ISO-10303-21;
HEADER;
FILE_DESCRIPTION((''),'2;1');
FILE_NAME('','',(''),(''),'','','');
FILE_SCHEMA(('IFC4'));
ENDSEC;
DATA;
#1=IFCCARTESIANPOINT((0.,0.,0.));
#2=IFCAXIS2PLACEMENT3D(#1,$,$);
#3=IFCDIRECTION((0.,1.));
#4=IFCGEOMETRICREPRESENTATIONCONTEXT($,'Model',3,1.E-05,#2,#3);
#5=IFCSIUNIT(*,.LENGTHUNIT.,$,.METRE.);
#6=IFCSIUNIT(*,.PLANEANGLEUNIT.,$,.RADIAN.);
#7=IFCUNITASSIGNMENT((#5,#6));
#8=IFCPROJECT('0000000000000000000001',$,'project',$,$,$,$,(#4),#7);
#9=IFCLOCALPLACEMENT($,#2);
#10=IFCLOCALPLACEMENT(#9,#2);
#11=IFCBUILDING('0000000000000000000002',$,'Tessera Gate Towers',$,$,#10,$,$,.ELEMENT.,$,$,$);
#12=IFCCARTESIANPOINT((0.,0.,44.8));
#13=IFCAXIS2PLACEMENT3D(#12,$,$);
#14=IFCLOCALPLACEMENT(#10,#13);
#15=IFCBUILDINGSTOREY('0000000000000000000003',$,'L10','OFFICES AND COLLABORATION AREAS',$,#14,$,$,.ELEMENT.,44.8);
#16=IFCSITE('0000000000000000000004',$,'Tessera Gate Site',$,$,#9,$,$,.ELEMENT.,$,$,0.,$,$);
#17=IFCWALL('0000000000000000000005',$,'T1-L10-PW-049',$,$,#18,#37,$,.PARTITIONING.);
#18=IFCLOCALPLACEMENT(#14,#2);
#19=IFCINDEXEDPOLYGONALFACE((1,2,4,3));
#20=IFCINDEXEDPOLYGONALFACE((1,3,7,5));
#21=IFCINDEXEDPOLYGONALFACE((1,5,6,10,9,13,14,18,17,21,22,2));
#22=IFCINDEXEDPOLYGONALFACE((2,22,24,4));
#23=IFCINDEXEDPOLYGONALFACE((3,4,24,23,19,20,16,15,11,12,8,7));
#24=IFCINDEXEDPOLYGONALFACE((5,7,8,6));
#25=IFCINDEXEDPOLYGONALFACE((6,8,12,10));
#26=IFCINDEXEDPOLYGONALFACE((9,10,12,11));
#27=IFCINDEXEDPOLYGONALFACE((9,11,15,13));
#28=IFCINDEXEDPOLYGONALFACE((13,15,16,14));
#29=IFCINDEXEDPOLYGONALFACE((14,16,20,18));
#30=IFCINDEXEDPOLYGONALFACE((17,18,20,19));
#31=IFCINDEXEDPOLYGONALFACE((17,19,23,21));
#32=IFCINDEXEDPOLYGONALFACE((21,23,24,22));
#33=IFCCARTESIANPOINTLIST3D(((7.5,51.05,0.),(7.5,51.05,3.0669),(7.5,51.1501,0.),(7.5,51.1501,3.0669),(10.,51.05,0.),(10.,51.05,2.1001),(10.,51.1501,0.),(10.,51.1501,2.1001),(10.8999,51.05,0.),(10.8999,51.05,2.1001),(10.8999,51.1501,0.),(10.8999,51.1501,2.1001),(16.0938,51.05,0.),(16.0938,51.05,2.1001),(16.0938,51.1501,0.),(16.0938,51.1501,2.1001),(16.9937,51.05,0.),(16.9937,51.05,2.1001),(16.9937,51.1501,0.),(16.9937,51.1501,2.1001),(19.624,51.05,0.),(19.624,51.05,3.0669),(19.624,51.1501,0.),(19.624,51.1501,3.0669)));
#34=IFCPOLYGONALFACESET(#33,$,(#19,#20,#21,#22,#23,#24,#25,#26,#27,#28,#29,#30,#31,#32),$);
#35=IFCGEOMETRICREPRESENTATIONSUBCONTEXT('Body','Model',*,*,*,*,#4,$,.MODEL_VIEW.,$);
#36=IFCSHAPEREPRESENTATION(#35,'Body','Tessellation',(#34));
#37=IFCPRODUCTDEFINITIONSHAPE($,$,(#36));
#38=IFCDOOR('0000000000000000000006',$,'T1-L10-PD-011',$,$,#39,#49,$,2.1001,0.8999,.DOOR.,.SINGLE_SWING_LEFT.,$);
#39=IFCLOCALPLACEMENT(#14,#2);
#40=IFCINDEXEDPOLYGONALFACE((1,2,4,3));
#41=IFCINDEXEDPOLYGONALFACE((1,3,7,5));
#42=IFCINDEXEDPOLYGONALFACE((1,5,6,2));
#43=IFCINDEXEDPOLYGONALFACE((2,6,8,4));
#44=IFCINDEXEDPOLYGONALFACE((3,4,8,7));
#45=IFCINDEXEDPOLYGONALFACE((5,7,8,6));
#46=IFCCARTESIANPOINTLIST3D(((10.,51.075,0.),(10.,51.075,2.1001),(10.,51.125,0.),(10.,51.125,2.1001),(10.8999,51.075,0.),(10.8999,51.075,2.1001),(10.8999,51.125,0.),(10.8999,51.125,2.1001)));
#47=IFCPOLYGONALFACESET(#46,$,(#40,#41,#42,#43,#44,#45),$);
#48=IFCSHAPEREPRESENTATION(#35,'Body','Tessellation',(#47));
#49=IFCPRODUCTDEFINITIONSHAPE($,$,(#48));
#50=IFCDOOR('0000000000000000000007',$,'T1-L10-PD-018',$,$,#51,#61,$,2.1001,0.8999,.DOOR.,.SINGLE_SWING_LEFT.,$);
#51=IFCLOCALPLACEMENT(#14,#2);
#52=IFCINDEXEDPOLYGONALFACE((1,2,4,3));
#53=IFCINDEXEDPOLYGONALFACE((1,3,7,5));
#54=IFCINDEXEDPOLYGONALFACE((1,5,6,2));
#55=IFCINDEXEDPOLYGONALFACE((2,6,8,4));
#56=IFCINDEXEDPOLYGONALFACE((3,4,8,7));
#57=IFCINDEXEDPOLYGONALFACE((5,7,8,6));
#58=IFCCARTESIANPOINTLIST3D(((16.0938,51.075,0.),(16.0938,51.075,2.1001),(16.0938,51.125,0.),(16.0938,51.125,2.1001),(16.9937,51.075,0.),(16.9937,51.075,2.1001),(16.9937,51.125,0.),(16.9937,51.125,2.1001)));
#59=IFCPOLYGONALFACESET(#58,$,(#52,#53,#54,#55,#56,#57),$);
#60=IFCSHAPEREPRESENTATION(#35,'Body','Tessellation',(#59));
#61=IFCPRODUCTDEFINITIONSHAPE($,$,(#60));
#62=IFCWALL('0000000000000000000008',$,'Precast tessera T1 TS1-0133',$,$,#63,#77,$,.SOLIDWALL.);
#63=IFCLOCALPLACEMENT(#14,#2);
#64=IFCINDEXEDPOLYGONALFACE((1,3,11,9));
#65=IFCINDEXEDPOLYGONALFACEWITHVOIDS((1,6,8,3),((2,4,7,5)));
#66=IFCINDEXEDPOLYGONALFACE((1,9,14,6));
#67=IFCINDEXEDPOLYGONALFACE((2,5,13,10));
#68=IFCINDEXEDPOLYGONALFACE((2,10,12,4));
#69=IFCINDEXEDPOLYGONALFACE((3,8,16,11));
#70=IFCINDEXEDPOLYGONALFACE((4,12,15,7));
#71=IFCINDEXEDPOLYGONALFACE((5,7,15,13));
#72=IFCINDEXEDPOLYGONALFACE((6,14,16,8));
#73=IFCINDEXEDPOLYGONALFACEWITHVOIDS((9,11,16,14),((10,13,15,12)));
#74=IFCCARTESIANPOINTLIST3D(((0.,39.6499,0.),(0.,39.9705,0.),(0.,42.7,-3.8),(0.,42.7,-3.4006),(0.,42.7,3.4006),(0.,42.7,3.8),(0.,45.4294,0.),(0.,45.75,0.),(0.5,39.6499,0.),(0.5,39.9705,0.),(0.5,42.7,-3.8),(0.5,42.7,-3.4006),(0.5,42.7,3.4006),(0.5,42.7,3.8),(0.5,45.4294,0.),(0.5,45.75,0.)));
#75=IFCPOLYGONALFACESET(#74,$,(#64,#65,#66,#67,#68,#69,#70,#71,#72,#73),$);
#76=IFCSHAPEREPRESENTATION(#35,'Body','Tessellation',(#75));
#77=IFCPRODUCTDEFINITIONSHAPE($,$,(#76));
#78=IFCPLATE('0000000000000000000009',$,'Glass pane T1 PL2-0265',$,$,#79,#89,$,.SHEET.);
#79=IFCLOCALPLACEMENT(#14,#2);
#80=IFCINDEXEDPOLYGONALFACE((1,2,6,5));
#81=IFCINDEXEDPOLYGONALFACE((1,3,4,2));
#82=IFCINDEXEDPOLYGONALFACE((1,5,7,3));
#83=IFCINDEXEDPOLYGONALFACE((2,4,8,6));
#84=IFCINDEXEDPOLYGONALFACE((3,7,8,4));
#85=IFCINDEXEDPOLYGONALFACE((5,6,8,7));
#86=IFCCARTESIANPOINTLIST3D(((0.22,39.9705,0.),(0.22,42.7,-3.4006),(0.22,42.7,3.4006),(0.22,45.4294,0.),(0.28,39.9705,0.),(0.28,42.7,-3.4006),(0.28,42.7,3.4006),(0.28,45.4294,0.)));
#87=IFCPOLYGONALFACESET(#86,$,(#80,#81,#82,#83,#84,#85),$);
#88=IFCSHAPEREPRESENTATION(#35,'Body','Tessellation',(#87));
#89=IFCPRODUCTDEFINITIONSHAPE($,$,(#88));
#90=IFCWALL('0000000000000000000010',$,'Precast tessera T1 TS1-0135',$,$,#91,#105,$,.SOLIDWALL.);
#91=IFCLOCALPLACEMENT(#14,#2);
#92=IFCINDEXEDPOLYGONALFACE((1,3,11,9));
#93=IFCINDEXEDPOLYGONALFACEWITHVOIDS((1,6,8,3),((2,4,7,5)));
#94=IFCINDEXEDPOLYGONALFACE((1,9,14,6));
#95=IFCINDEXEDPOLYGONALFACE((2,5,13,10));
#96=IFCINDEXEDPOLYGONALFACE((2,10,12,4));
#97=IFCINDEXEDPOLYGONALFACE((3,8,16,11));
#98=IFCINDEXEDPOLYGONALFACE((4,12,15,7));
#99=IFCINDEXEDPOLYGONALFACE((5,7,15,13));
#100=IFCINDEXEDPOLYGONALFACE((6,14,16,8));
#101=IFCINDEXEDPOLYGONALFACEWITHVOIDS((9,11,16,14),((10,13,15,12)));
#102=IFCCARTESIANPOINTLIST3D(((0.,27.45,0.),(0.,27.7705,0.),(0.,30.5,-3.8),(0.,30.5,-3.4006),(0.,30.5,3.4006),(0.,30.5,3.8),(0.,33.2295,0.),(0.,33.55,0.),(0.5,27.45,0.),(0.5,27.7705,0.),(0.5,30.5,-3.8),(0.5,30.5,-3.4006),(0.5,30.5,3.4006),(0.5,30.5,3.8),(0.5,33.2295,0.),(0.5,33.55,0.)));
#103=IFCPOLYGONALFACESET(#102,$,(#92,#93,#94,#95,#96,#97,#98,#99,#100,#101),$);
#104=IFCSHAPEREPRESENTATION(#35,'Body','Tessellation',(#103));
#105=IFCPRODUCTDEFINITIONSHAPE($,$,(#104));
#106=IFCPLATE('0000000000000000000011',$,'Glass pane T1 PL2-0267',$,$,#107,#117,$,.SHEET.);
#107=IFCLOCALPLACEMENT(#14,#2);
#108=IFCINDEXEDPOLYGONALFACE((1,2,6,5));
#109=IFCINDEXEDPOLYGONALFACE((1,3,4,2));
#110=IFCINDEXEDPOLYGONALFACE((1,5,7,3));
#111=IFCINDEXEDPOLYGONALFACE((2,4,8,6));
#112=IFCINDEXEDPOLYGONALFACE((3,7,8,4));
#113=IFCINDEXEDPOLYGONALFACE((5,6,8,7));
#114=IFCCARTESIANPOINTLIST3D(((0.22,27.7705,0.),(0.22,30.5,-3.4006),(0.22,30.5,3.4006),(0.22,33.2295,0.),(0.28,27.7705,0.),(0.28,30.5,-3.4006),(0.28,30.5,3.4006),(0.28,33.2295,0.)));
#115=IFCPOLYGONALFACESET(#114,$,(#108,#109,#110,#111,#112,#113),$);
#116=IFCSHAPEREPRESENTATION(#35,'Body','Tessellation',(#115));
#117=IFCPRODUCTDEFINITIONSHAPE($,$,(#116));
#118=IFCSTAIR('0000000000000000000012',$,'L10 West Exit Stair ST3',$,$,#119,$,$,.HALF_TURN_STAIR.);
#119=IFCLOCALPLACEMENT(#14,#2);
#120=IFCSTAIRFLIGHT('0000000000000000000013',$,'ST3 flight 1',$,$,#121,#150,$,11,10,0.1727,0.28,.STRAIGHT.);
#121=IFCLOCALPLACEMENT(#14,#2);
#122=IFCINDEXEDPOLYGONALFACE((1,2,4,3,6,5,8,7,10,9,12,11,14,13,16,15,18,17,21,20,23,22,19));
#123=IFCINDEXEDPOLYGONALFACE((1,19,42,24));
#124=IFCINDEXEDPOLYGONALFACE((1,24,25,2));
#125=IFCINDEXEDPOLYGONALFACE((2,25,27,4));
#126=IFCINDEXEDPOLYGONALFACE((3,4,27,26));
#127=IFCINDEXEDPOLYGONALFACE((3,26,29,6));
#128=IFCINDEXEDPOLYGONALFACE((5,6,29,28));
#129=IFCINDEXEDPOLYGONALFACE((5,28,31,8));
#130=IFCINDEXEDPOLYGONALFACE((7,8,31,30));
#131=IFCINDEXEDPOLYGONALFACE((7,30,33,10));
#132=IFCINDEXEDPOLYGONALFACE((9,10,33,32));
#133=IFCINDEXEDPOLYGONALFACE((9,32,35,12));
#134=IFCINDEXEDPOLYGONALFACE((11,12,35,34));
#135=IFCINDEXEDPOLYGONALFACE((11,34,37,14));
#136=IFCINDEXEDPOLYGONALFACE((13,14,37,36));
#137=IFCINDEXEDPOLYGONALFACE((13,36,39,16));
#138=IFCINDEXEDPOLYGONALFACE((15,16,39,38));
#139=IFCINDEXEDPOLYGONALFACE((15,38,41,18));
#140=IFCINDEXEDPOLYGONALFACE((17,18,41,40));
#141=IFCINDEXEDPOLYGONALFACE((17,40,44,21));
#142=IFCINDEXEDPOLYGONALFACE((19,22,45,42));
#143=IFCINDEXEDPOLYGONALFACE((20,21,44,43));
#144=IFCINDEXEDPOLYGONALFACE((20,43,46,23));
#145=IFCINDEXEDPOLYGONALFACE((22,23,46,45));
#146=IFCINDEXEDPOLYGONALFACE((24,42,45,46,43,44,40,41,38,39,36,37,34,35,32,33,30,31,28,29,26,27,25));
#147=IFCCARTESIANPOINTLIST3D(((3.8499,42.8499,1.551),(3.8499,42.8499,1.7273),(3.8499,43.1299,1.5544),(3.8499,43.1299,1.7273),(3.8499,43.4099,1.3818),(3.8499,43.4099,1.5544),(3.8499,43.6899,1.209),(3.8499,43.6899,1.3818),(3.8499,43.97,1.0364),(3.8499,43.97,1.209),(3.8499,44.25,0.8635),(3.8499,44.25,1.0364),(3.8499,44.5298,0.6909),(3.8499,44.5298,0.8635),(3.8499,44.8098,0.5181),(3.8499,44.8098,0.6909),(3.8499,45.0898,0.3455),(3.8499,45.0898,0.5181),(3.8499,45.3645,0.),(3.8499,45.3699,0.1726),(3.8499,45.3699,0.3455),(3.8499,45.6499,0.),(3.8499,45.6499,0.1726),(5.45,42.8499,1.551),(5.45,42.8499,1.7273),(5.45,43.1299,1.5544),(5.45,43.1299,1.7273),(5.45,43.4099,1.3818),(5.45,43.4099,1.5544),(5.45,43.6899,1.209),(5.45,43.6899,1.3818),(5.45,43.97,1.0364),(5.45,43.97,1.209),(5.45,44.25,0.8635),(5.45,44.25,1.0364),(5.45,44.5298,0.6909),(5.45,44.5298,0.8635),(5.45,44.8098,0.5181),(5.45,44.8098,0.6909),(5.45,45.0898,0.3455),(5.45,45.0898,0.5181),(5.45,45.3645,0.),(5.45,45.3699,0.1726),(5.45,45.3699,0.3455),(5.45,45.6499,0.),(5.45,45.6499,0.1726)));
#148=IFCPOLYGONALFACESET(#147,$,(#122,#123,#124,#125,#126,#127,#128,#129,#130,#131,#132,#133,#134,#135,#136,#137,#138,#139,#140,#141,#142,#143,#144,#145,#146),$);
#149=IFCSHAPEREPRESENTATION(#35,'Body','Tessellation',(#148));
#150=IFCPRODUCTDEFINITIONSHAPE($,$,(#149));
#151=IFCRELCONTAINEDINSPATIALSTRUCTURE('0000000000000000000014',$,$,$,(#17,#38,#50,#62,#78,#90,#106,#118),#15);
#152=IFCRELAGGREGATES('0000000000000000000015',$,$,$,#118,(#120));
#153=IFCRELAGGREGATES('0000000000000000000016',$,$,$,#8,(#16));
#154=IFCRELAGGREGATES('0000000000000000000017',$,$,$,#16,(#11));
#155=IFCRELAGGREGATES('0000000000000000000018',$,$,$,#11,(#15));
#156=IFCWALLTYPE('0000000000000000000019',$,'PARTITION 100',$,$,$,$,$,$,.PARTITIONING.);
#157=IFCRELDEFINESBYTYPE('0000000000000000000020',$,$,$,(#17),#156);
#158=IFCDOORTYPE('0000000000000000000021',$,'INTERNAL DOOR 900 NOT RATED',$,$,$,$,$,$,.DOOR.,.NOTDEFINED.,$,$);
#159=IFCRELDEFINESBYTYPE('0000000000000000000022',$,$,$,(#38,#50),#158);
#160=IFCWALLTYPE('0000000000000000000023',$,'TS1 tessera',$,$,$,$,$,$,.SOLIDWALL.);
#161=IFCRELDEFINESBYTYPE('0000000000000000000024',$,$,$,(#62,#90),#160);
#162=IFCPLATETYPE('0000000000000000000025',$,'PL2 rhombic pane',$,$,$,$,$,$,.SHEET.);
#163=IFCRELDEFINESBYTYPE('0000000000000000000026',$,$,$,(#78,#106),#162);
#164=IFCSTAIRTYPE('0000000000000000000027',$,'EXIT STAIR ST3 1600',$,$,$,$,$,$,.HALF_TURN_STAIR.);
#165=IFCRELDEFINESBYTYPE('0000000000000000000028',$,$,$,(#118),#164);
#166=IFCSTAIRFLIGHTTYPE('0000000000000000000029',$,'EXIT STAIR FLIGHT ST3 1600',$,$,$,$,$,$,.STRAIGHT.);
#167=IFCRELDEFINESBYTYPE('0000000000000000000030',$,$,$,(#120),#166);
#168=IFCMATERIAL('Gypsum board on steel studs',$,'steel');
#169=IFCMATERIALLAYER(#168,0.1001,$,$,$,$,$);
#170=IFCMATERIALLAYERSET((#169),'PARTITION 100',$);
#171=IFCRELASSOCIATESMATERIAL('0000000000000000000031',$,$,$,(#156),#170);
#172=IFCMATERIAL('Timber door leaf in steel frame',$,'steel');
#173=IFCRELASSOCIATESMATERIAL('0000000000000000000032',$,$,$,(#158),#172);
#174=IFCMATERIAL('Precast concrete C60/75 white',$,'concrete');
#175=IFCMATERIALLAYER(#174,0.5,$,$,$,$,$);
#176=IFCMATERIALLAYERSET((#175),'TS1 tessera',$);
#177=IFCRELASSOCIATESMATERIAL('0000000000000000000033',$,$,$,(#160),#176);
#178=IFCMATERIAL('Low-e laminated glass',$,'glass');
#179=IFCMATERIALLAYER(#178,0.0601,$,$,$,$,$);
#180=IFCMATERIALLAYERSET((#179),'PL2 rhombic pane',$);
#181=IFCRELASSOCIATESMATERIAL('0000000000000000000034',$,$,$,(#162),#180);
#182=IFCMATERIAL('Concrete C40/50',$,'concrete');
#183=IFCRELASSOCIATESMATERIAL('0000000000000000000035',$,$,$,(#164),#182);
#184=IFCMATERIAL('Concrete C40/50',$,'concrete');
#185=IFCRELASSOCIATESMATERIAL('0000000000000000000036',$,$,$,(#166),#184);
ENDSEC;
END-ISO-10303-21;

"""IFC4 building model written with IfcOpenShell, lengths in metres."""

from ifc_helpers import new_model, si_unit, direction, frame, frame_2d, origin, place, context, subcontext, project, spatial, polyline, rectangle, outline, extrude, source, transform, mapped, material, layer, layer_set, type_object, element, fill, aggregate, save


model = new_model("IFC4")

# Units and contexts
model_context = context("Model", 3, precision=1e-05, world=origin(), true_north=direction((0.0, 1.0)))
body_context = subcontext(model_context, "Body", "Model", "MODEL_VIEW")
ifc_project = project(units=[si_unit("LENGTHUNIT", "METRE"), si_unit("PLANEANGLEUNIT", "RADIAN")], contexts=[model_context])

# Site, building, storey
site_placement = place(None, origin())
site = spatial("IfcSite", under=ifc_project, at=site_placement, Name="Tessera Gate Site", CompositionType="ELEMENT", RefElevation=0.0)
building_placement = place(site_placement, origin())
building = spatial("IfcBuilding", under=site, at=building_placement, Name="Tessera Gate Towers", CompositionType="ELEMENT")
storey_placement = place(building_placement, frame((0.0, 0.0, 44.8)))
storey = spatial("IfcBuildingStorey", under=building, at=storey_placement, Name="L10", Description="OFFICES AND COLLABORATION AREAS", CompositionType="ELEMENT", Elevation=44.8)

# Shared definitions
shared_shape_1 = source(origin(), body_context, "Body", "SweptSolid", [
    extrude(rectangle(XDim=0.8999, YDim=2.1001, at=frame_2d((0.45, 1.05))), frame((0.0, 0.0249, 0.0), z_axis=(0.0, -1.0, 0.0), x_axis=(1.0, 0.0, 0.0)), (0.0, 0.0, 1.0), 0.05),
])

# Shared definitions
ifc_material_1 = material(Name="Gypsum board on steel studs", Category="steel")
ifc_layer_1 = layer(ifc_material_1, 0.1001)
ifc_layer_set_1 = layer_set([ifc_layer_1], Name="PARTITION 100")
wall_type_1 = type_object("IfcWallType", Name="PARTITION 100", PredefinedType="PARTITIONING", material=ifc_layer_set_1)
shared_shape_2 = source(origin(), body_context, "Body", "SweptSolid", [
    extrude(rectangle(XDim=0.8999, YDim=2.1001, at=frame_2d((0.45, 1.05))), frame((0.0, 0.0601, 0.0), z_axis=(0.0, -1.0, 0.0), x_axis=(1.0, 0.0, 0.0)), (0.0, 0.0, 1.0), 0.1201),
])
ifc_material_2 = material(Name="Timber door leaf in steel frame", Category="steel")
door_type_1 = type_object("IfcDoorType", Name="INTERNAL DOOR 900 NOT RATED", OperationType="NOTDEFINED", PredefinedType="DOOR", material=ifc_material_2)

# Wall, openings, doors
wall_1_placement = place(storey_placement, frame((7.5, 51.1001, 0.0), z_axis=(0.0, 0.0, 1.0), x_axis=(1.0, 0.0, 0.0)))
wall_1 = element("IfcWall", 1, at=wall_1_placement, inside=storey, type_object=wall_type_1, Name="T1-L10-PW-049", PredefinedType="PARTITIONING", context=body_context, shape_type="SweptSolid", body=[
    extrude(rectangle(XDim=12.124, YDim=0.1001, at=frame_2d((6.062, 0.0))), origin(), (0.0, 0.0, 1.0), 3.0669),
])
opening_1_placement = place(wall_1_placement, frame((2.5, 0.0, 0.0)))
opening_1 = element("IfcOpeningElement", 2, at=opening_1_placement, cuts=wall_1, PredefinedType="OPENING", context=body_context, shape_type="MappedRepresentation", body=[
    mapped(shared_shape_2, transform((0.0, 0.0, 0.0), scale=1.0)),
])
opening_2_placement = place(wall_1_placement, frame((8.5938, 0.0, 0.0)))
opening_2 = element("IfcOpeningElement", 3, at=opening_2_placement, cuts=wall_1, PredefinedType="OPENING", context=body_context, shape_type="MappedRepresentation", body=[
    mapped(shared_shape_2, transform((0.0, 0.0, 0.0), scale=1.0)),
])
door_1_placement = place(opening_1_placement, origin())
door_1 = element("IfcDoor", 4, at=door_1_placement, inside=storey, type_object=door_type_1, Name="T1-L10-PD-011", OperationType="SINGLE_SWING_LEFT", OverallHeight=2.1001, OverallWidth=0.8999, PredefinedType="DOOR", context=body_context, shape_type="MappedRepresentation", body=[
    mapped(shared_shape_1, transform((0.0, 0.0, 0.0), scale=1.0)),
])
fill(opening_1, door_1)
door_2_placement = place(opening_2_placement, origin())
door_2 = element("IfcDoor", 5, at=door_2_placement, inside=storey, type_object=door_type_1, Name="T1-L10-PD-018", OperationType="SINGLE_SWING_LEFT", OverallHeight=2.1001, OverallWidth=0.8999, PredefinedType="DOOR", context=body_context, shape_type="MappedRepresentation", body=[
    mapped(shared_shape_1, transform((0.0, 0.0, 0.0), scale=1.0)),
])
fill(opening_2, door_2)

# Walls, openings, plates
ifc_material_3 = material(Name="Precast concrete C60/75 white", Category="concrete")
ifc_layer_2 = layer(ifc_material_3, 0.5)
ifc_layer_set_2 = layer_set([ifc_layer_2], Name="TS1 tessera")
wall_type_2 = type_object("IfcWallType", Name="TS1 tessera", PredefinedType="SOLIDWALL", material=ifc_layer_set_2)
shared_shape_3 = source(origin(), body_context, "Body", "SweptSolid", [
    extrude(outline(polyline([(3.05, 0.0), (6.1001, 3.8), (3.05, 7.6001), (0.0, 3.8), (3.05, 0.0)])), frame((0.0, 0.25, 0.0), z_axis=(0.0, -1.0, 0.0), x_axis=(1.0, 0.0, 0.0)), (0.0, 0.0, 1.0), 0.5),
])
wall_2_placement = place(storey_placement, frame((0.25, 45.75, -3.8), z_axis=(0.0, 0.0, 1.0), x_axis=(0.0, -1.0, 0.0)))
wall_2 = element("IfcWall", 6, at=wall_2_placement, inside=storey, type_object=wall_type_2, Name="Precast tessera T1 TS1-0133", PredefinedType="SOLIDWALL", context=body_context, shape_type="MappedRepresentation", body=[
    mapped(shared_shape_3, transform((0.0, 0.0, 0.0), scale=1.0)),
])
shared_shape_4 = source(origin(), body_context, "Body", "SweptSolid", [
    extrude(outline(polyline([(3.05, 0.3994), (5.7795, 3.8), (3.05, 7.2007), (0.3206, 3.8), (3.05, 0.3994)])), frame((0.0, 0.26, 0.0), z_axis=(0.0, -1.0, 0.0), x_axis=(1.0, 0.0, 0.0)), (0.0, 0.0, 1.0), 0.52),
])
opening_3_placement = place(wall_2_placement, origin())
opening_3 = element("IfcOpeningElement", 7, at=opening_3_placement, cuts=wall_2, PredefinedType="OPENING", context=body_context, shape_type="MappedRepresentation", body=[
    mapped(shared_shape_4, transform((0.0, 0.0, 0.0), scale=1.0)),
])
ifc_material_4 = material(Name="Low-e laminated glass", Category="glass")
ifc_layer_3 = layer(ifc_material_4, 0.0601)
ifc_layer_set_3 = layer_set([ifc_layer_3], Name="PL2 rhombic pane")
plate_type = type_object("IfcPlateType", Name="PL2 rhombic pane", PredefinedType="SHEET", material=ifc_layer_set_3)
shared_shape_5 = source(origin(), body_context, "Body", "SweptSolid", [
    extrude(outline(polyline([(3.05, 0.3994), (5.7795, 3.8), (3.05, 7.2007), (0.3206, 3.8), (3.05, 0.3994)])), frame((0.0, 0.03, 0.0), z_axis=(0.0, -1.0, 0.0), x_axis=(1.0, 0.0, 0.0)), (0.0, 0.0, 1.0), 0.0601),
])
plate_1_placement = place(opening_3_placement, origin())
plate_1 = element("IfcPlate", 8, at=plate_1_placement, inside=storey, type_object=plate_type, Name="Glass pane T1 PL2-0265", PredefinedType="SHEET", context=body_context, shape_type="MappedRepresentation", body=[
    mapped(shared_shape_5, transform((0.0, 0.0, 0.0), scale=1.0)),
])
fill(opening_3, plate_1)
wall_3_placement = place(storey_placement, frame((0.25, 33.55, -3.8), z_axis=(0.0, 0.0, 1.0), x_axis=(0.0, -1.0, 0.0)))
wall_3 = element("IfcWall", 9, at=wall_3_placement, inside=storey, type_object=wall_type_2, Name="Precast tessera T1 TS1-0135", PredefinedType="SOLIDWALL", context=body_context, shape_type="MappedRepresentation", body=[
    mapped(shared_shape_3, transform((0.0, 0.0, 0.0), scale=1.0)),
])
opening_4_placement = place(wall_3_placement, origin())
opening_4 = element("IfcOpeningElement", 10, at=opening_4_placement, cuts=wall_3, PredefinedType="OPENING", context=body_context, shape_type="MappedRepresentation", body=[
    mapped(shared_shape_4, transform((0.0, 0.0, 0.0), scale=1.0)),
])
plate_2_placement = place(opening_4_placement, origin())
plate_2 = element("IfcPlate", 11, at=plate_2_placement, inside=storey, type_object=plate_type, Name="Glass pane T1 PL2-0267", PredefinedType="SHEET", context=body_context, shape_type="MappedRepresentation", body=[
    mapped(shared_shape_5, transform((0.0, 0.0, 0.0), scale=1.0)),
])
fill(opening_4, plate_2)

# Stair, stair flight
ifc_material_5 = material(Name="Concrete C40/50", Category="concrete")
stair_type = type_object("IfcStairType", Name="EXIT STAIR ST3 1600", PredefinedType="HALF_TURN_STAIR", material=ifc_material_5)
stair_placement = place(storey_placement, origin())
stair = element("IfcStair", 12, at=stair_placement, inside=storey, type_object=stair_type, Name="L10 West Exit Stair ST3", PredefinedType="HALF_TURN_STAIR")
ifc_material_6 = material(Name="Concrete C40/50", Category="concrete")
stair_flight_type = type_object("IfcStairFlightType", Name="EXIT STAIR FLIGHT ST3 1600", PredefinedType="STRAIGHT", material=ifc_material_6)
stair_flight_1_placement = place(storey_placement, frame((4.6499, 45.6499, 0.0), z_axis=(0.0, 0.0, 1.0), x_axis=(0.0, -1.0, 0.0)))
stair_flight_1 = element("IfcStairFlight", 13, at=stair_flight_1_placement, type_object=stair_flight_type, Name="ST3 flight 1", NumberOfRisers=11, NumberOfTreads=10, PredefinedType="STRAIGHT", RiserHeight=0.1727, TreadLength=0.28, context=body_context, shape_type="SweptSolid", body=[
    extrude(outline(polyline([(0.0, 0.0), (0.0, 0.1726), (0.28, 0.1726), (0.28, 0.3455), (0.5601, 0.3455), (0.5601, 0.5181), (0.8401, 0.5181), (0.8401, 0.6909), (1.1201, 0.6909), (1.1201, 0.8635), (1.3999, 0.8635), (1.3999, 1.0364), (1.6799, 1.0364), (1.6799, 1.209), (1.96, 1.209), (1.96, 1.3818), (2.24, 1.3818), (2.24, 1.5544), (2.52, 1.5544), (2.52, 1.7273), (2.8, 1.7273), (2.8, 1.8999), (2.8, 1.551), (0.2854, 0.0), (0.0, 0.0)])), frame((0.0, 0.8, 0.0), z_axis=(0.0, -1.0, 0.0), x_axis=(1.0, 0.0, 0.0)), (0.0, 0.0, 1.0), 1.6001),
])
aggregate(stair, [stair_flight_1])

save(model, "model.ifc")
